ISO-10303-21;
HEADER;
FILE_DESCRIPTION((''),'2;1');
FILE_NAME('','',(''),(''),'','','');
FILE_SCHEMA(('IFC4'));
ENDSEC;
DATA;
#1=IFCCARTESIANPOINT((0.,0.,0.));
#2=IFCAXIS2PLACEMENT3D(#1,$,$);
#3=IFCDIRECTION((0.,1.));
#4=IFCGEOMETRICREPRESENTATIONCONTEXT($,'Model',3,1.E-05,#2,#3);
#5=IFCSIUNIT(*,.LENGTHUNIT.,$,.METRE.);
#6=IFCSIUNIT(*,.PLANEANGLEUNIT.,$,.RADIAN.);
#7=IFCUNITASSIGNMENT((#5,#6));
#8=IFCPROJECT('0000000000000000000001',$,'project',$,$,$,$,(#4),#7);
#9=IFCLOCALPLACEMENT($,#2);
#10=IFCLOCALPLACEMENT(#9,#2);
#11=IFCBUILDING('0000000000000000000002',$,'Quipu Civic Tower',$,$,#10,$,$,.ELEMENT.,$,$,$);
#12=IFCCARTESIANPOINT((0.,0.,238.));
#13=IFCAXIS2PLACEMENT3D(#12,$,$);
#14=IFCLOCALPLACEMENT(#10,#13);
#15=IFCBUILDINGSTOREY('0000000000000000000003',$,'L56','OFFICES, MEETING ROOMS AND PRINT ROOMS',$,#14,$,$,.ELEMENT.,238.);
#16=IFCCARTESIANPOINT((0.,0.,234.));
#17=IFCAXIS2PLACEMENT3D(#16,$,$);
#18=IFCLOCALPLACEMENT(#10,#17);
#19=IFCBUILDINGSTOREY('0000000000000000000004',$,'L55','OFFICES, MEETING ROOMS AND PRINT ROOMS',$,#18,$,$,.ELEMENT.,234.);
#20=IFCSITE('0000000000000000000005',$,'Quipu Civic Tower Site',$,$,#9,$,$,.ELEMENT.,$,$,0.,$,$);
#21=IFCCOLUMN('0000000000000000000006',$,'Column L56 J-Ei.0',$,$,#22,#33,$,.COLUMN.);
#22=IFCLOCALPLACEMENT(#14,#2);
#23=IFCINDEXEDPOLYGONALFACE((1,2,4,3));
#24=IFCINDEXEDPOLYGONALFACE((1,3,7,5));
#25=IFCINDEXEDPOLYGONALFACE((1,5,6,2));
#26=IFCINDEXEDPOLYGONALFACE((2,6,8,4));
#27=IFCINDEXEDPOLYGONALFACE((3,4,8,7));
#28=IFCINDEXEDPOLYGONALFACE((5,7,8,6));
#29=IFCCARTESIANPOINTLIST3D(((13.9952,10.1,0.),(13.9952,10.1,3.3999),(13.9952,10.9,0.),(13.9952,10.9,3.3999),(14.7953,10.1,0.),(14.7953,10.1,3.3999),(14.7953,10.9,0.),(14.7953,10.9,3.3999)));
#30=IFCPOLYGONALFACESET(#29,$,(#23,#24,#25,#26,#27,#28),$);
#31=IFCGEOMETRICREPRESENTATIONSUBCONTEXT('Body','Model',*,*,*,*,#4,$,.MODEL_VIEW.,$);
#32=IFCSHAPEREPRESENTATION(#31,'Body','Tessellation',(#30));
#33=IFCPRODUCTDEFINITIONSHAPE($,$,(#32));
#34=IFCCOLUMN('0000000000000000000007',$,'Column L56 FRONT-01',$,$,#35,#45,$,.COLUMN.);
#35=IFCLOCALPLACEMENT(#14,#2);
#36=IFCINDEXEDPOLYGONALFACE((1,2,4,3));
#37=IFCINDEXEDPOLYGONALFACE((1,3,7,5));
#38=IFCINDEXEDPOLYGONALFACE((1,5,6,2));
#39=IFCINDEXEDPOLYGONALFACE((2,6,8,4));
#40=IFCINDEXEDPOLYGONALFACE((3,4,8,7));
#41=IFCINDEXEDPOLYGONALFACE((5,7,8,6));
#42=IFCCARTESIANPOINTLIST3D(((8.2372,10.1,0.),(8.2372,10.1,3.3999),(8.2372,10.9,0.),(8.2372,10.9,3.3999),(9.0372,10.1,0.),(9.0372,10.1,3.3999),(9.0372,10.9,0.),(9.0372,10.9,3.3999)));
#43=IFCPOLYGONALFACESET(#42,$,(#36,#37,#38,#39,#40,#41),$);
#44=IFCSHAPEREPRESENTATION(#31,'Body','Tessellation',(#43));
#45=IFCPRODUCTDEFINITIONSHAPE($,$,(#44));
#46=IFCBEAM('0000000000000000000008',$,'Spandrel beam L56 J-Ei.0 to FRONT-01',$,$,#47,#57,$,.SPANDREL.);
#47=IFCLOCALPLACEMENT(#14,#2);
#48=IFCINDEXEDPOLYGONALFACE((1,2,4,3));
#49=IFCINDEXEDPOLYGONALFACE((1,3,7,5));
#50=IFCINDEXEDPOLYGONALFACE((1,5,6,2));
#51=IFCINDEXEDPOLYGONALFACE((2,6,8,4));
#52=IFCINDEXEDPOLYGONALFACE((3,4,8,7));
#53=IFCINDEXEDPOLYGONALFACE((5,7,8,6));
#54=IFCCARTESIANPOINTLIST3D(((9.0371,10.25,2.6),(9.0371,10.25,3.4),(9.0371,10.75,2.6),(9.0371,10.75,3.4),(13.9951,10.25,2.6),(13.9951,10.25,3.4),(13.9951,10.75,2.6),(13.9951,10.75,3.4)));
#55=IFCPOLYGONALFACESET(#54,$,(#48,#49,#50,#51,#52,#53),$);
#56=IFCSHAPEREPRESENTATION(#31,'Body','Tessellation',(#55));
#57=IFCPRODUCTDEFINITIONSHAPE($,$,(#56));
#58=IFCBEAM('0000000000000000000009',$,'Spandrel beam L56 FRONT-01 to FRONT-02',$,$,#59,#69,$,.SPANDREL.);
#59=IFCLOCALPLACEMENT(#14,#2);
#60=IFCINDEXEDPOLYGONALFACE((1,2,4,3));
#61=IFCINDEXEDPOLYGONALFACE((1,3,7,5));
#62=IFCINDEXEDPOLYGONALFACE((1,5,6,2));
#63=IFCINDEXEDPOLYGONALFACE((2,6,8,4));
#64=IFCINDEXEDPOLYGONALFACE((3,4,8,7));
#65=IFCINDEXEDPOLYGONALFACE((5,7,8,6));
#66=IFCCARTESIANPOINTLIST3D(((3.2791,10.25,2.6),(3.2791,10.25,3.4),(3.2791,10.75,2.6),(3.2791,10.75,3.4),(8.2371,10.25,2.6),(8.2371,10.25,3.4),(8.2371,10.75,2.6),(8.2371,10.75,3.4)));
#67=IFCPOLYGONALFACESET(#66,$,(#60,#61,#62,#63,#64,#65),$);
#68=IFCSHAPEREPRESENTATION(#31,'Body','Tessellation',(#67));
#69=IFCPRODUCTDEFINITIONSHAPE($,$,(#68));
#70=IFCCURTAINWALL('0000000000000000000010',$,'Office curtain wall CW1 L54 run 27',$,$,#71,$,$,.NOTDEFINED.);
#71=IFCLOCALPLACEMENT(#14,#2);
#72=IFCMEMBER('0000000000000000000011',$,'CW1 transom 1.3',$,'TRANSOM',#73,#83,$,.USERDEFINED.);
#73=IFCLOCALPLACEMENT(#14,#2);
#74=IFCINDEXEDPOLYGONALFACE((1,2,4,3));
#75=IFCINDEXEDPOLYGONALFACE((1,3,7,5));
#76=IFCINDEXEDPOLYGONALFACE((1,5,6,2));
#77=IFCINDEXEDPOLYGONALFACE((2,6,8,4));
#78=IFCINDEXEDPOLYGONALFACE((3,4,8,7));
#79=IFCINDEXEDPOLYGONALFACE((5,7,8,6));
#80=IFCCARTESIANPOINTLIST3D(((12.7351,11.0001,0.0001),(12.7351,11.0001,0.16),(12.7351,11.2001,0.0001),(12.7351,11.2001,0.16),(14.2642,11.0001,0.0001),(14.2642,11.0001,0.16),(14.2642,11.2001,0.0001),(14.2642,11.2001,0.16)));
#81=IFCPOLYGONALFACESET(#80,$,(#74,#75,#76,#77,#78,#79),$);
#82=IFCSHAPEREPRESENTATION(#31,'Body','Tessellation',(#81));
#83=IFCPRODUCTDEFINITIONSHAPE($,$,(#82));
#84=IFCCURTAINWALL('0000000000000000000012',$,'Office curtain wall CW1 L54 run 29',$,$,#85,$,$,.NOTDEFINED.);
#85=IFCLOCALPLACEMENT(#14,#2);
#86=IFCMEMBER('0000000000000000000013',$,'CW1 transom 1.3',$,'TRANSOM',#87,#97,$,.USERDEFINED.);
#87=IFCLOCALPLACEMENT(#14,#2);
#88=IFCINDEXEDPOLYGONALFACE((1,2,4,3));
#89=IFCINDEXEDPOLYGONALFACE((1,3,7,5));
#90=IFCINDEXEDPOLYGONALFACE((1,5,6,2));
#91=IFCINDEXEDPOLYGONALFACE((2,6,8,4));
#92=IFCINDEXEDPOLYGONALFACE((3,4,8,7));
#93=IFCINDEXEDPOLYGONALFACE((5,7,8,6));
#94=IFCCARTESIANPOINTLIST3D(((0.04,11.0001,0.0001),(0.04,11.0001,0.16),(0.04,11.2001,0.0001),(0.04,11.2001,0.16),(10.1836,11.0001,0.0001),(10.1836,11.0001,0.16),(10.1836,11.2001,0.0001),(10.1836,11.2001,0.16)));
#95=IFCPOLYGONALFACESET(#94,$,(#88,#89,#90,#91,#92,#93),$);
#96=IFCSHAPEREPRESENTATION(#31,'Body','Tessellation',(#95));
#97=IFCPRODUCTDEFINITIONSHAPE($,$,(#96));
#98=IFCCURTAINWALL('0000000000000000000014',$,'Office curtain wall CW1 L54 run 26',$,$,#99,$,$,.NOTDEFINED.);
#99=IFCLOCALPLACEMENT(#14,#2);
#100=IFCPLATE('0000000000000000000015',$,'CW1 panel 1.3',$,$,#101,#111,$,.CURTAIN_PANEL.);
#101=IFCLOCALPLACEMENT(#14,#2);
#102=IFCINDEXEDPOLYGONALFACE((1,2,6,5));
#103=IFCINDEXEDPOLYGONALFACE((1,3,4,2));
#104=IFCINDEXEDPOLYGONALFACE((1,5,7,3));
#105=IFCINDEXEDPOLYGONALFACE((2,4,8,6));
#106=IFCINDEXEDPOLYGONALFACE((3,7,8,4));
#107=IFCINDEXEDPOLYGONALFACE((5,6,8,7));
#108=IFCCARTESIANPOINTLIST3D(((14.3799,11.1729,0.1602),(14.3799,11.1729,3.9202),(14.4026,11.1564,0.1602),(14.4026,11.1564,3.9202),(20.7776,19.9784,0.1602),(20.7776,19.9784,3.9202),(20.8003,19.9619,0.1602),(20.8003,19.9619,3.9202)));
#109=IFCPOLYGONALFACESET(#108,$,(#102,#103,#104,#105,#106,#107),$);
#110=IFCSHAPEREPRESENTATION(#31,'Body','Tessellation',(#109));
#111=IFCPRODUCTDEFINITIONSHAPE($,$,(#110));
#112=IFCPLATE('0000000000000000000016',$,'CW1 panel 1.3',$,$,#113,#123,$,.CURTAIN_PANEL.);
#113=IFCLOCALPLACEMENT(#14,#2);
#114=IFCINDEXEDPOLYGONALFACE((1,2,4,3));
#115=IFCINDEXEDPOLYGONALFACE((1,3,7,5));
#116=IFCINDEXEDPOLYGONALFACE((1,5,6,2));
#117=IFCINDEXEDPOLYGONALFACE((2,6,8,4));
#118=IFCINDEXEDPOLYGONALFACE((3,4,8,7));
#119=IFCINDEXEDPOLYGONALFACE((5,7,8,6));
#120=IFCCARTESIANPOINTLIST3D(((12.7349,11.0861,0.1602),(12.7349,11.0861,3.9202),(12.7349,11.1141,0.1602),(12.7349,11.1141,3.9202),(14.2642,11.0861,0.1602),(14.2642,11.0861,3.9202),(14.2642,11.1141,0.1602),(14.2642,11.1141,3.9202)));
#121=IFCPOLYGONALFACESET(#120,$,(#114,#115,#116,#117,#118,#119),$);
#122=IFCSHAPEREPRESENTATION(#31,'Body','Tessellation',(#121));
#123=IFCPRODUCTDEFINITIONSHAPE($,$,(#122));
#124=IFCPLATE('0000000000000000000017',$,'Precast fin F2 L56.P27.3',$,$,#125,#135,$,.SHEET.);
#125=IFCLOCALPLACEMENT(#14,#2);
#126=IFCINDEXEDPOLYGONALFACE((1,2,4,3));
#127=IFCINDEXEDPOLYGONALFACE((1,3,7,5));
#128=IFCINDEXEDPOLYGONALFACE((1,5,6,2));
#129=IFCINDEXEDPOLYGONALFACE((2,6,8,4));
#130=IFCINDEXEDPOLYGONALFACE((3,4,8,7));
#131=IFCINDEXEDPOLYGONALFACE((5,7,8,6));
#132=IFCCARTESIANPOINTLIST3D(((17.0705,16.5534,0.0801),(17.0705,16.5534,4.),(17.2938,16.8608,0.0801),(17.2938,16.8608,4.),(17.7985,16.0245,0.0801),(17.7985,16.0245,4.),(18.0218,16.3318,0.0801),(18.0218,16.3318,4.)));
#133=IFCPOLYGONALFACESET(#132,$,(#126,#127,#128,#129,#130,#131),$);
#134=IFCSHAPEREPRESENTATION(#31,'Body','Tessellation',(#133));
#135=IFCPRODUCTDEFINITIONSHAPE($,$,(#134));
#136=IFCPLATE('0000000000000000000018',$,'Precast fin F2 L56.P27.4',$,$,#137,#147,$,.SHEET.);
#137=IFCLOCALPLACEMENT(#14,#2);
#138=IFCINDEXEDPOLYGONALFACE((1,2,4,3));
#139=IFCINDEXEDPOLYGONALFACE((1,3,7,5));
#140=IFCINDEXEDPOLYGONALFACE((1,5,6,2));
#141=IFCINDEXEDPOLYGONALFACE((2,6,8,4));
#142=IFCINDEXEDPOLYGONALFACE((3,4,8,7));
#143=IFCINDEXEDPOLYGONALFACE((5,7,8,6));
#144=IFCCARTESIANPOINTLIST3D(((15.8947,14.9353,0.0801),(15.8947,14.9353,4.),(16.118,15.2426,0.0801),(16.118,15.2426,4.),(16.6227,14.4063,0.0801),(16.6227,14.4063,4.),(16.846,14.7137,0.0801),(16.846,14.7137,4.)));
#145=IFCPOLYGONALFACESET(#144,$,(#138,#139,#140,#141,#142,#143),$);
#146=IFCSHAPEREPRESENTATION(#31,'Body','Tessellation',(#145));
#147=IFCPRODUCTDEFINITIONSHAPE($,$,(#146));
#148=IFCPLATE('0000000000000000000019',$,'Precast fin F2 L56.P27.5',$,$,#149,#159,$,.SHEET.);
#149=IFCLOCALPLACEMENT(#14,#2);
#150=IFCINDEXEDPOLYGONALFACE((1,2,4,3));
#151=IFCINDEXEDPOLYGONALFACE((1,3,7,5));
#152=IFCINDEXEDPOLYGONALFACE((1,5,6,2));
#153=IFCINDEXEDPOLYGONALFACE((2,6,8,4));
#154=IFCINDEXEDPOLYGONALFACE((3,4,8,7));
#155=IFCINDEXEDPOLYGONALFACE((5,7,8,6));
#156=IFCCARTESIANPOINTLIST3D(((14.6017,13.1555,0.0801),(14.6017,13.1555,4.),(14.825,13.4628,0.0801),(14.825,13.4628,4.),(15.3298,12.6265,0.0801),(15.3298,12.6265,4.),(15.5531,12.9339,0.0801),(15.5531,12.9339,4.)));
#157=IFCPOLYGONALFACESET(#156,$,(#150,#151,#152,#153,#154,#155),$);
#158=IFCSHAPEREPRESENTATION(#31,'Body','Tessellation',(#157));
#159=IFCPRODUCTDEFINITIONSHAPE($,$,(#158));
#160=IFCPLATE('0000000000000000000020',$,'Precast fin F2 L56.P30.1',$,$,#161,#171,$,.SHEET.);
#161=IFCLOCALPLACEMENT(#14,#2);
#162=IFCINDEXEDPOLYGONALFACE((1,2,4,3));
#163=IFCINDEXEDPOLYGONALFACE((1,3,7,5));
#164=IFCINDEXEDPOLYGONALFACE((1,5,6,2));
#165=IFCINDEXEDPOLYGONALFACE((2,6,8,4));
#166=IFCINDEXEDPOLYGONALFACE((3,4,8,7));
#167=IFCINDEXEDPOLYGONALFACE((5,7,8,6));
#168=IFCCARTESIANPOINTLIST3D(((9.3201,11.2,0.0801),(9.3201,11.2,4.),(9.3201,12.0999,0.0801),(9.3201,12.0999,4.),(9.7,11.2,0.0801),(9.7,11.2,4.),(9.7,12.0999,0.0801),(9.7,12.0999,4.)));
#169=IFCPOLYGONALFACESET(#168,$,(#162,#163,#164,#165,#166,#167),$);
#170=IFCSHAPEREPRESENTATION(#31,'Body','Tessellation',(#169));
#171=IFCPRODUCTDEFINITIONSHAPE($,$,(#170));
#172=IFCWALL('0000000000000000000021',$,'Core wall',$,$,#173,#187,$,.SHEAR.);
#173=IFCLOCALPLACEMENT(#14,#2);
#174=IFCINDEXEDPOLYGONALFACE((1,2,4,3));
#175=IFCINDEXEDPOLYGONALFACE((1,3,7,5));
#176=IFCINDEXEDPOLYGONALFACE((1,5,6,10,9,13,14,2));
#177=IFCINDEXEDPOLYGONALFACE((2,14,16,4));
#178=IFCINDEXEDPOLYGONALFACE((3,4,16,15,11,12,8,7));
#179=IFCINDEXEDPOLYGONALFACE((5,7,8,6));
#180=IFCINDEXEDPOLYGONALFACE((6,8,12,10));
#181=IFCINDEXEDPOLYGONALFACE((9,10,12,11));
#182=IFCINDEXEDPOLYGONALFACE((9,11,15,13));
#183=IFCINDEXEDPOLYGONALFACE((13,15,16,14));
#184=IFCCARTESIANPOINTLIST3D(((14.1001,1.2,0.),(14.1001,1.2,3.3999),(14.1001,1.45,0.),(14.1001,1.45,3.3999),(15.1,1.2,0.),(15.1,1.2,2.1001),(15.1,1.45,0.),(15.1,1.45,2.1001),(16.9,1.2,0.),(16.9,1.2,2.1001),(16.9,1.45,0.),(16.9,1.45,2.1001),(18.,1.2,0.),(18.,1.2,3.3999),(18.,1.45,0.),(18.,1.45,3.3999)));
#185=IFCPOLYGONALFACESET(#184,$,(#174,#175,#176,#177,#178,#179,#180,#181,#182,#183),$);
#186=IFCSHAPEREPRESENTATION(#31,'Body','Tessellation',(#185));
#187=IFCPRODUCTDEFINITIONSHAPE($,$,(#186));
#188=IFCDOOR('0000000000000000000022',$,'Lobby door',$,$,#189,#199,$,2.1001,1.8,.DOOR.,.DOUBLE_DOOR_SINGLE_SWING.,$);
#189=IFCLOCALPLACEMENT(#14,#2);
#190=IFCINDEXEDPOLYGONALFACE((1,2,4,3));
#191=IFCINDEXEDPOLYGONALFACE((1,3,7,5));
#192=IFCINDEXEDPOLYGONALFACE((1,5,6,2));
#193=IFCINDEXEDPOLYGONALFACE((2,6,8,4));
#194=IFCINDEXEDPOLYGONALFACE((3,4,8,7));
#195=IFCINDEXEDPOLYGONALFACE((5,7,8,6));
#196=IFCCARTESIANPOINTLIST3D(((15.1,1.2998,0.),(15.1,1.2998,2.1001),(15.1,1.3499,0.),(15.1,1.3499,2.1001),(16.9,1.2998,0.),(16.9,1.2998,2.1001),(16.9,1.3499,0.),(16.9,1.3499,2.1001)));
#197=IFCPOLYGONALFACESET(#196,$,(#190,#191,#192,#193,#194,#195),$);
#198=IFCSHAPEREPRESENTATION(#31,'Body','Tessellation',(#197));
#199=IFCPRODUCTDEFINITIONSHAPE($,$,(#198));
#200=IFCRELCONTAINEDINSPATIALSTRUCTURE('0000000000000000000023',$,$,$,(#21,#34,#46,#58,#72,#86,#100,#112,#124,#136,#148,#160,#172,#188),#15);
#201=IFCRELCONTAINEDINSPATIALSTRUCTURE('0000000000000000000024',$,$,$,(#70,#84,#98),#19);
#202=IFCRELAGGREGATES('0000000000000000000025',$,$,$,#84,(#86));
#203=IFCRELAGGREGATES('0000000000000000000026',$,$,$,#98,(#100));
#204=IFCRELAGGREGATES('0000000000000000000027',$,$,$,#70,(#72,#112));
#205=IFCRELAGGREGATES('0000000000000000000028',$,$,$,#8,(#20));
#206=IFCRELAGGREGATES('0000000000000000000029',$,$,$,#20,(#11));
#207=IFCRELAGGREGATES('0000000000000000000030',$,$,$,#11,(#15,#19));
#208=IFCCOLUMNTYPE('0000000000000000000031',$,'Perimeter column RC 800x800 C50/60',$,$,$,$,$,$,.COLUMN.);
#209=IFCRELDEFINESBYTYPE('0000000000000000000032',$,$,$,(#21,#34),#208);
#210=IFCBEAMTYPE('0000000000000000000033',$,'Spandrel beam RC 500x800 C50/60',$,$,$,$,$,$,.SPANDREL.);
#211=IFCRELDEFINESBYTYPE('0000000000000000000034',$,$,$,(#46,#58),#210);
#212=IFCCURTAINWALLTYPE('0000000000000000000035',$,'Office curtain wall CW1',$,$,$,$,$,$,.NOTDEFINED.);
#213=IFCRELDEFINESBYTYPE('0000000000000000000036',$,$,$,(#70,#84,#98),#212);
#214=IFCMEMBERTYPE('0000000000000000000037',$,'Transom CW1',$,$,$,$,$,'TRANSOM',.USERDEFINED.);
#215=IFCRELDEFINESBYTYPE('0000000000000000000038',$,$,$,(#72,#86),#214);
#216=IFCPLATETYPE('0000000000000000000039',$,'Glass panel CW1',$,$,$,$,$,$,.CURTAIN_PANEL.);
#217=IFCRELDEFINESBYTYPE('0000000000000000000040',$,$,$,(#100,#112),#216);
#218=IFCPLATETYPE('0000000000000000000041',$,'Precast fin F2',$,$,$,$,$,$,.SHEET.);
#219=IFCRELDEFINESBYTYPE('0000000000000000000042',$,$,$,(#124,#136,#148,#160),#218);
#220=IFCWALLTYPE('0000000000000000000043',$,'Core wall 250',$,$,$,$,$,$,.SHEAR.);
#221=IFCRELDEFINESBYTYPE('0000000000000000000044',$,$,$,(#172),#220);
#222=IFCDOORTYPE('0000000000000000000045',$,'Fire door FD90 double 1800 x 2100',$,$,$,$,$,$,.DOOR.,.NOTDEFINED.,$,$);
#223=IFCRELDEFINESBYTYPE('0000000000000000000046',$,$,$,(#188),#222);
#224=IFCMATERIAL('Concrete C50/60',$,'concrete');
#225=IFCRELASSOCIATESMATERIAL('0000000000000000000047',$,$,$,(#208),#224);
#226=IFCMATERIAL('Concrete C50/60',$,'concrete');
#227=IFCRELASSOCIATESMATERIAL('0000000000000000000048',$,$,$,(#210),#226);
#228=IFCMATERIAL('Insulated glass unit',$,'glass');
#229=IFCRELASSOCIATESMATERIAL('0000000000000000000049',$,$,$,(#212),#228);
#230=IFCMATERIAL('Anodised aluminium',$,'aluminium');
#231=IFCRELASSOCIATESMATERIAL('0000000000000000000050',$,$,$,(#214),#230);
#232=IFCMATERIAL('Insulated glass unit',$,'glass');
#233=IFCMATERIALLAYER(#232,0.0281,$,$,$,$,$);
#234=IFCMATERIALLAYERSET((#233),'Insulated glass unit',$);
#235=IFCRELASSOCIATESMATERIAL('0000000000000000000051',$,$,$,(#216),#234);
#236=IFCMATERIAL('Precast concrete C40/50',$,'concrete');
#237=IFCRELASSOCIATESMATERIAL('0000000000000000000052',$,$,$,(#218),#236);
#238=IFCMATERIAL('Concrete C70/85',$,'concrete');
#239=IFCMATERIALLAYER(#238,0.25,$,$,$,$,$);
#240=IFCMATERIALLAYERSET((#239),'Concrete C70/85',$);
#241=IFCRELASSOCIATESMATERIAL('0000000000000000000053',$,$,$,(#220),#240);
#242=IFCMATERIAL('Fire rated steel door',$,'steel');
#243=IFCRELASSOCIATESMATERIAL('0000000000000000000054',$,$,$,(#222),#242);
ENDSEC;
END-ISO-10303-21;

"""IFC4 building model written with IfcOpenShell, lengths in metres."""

from ifc_helpers import new_model, si_unit, direction, frame, frame_2d, origin, origin_2d, place, context, subcontext, project, spatial, rectangle, extrude, material, layer, layer_set, material_profile, profile_set, type_object, element, fill, aggregate, save


model = new_model("IFC4")

# Units and contexts
model_context = context("Model", 3, precision=1e-05, world=origin(), true_north=direction((0.0, 1.0)))
body_context = subcontext(model_context, "Body", "Model", "MODEL_VIEW")
ifc_project = project(units=[si_unit("LENGTHUNIT", "METRE"), si_unit("PLANEANGLEUNIT", "RADIAN")], contexts=[model_context])

# Site, building, storey
site_placement = place(None, origin())
site = spatial("IfcSite", under=ifc_project, at=site_placement, Name="Quipu Civic Tower Site", CompositionType="ELEMENT", RefElevation=0.0)
building_placement = place(site_placement, origin())
building = spatial("IfcBuilding", under=site, at=building_placement, Name="Quipu Civic Tower", CompositionType="ELEMENT")
storey_1_placement = place(building_placement, frame((0.0, 0.0, 238.0)))
storey_1 = spatial("IfcBuildingStorey", under=building, at=storey_1_placement, Name="L56", Description="OFFICES, MEETING ROOMS AND PRINT ROOMS", CompositionType="ELEMENT", Elevation=238.0)

# Columns
ifc_material_1 = material(Name="Concrete C50/60", Category="concrete")
ifc_material_profile_1 = material_profile(ifc_material_1, rectangle(XDim=0.8, YDim=0.8, at=origin_2d()), Name="RC800x800")
ifc_profile_set_1 = profile_set([ifc_material_profile_1], Name="Concrete C50/60")
column_type = type_object("IfcColumnType", Name="Perimeter column RC 800x800 C50/60", PredefinedType="COLUMN", material=ifc_profile_set_1)
for number, where, z_axis, x_axis, name in (
    (1, (14.3953, 10.5, 0.0), (0.0, 0.0, 1.0), (-1.0, 0.0, 0.0), "Column L56 J-Ei.0"),
    (2, (8.6372, 10.5, 0.0), (0.0, 0.0, 1.0), (-1.0, 0.0, 0.0), "Column L56 FRONT-01"),
):
    element("IfcColumn", number, at=place(storey_1_placement, frame(where, z_axis=z_axis, x_axis=x_axis)), inside=storey_1, type_object=column_type, Name=name, PredefinedType="COLUMN", context=body_context, shape_type="SweptSolid", body=[
        extrude(rectangle(XDim=0.8, YDim=0.8, at=origin_2d()), origin(), (0.0, 0.0, 1.0), 3.3999),
    ])

# Beams
ifc_material_2 = material(Name="Concrete C50/60", Category="concrete")
ifc_material_profile_2 = material_profile(ifc_material_2, rectangle(XDim=0.5, YDim=0.8, at=origin_2d()), Name="RC500x800")
ifc_profile_set_2 = profile_set([ifc_material_profile_2], Name="Concrete C50/60")
beam_type = type_object("IfcBeamType", Name="Spandrel beam RC 500x800 C50/60", PredefinedType="SPANDREL", material=ifc_profile_set_2)
for number, where, z_axis, x_axis, name in (
    (3, (13.9951, 10.5, 3.0), (-1.0, 0.0, 0.0), (0.0, -1.0, 0.0), "Spandrel beam L56 J-Ei.0 to FRONT-01"),
    (4, (8.2371, 10.5, 3.0), (-1.0, 0.0, 0.0), (0.0, -1.0, 0.0), "Spandrel beam L56 FRONT-01 to FRONT-02"),
):
    element("IfcBeam", number, at=place(storey_1_placement, frame(where, z_axis=z_axis, x_axis=x_axis)), inside=storey_1, type_object=beam_type, Name=name, PredefinedType="SPANDREL", context=body_context, shape_type="SweptSolid", body=[
        extrude(rectangle(XDim=0.5, YDim=0.8, at=origin_2d()), origin(), (0.0, 0.0, 1.0), 4.958),
    ])

# Shared definitions
storey_2_placement = place(building_placement, frame((0.0, 0.0, 234.0)))
storey_2 = spatial("IfcBuildingStorey", under=building, at=storey_2_placement, Name="L55", Description="OFFICES, MEETING ROOMS AND PRINT ROOMS", CompositionType="ELEMENT", Elevation=234.0)

# Curtain walls, members
ifc_material_3 = material(Name="Insulated glass unit", Category="glass")
curtain_wall_type = type_object("IfcCurtainWallType", Name="Office curtain wall CW1", PredefinedType="NOTDEFINED", material=ifc_material_3)
curtain_wall_1_placement = place(storey_2_placement, origin())
curtain_wall_1 = element("IfcCurtainWall", 5, at=curtain_wall_1_placement, inside=storey_2, type_object=curtain_wall_type, Name="Office curtain wall CW1 L54 run 27", PredefinedType="NOTDEFINED")
ifc_material_4 = material(Name="Anodised aluminium", Category="aluminium")
ifc_material_profile_3 = material_profile(ifc_material_4, rectangle(XDim=0.2, YDim=0.1599, at=origin_2d()), Name="RECT 200x160")
ifc_profile_set_3 = profile_set([ifc_material_profile_3], Name="Anodised aluminium")
member_type = type_object("IfcMemberType", Name="Transom CW1", ElementType="TRANSOM", PredefinedType="USERDEFINED", material=ifc_profile_set_3)
member_1_placement = place(storey_1_placement, frame((14.2642, 11.1001, 0.0801), z_axis=(-1.0, 0.0, 0.0), x_axis=(0.0, -1.0, 0.0)))
member_1 = element("IfcMember", 6, at=member_1_placement, inside=storey_1, type_object=member_type, Name="CW1 transom 1.3", ObjectType="TRANSOM", PredefinedType="USERDEFINED", context=body_context, shape_type="SweptSolid", body=[
    extrude(rectangle(XDim=0.2, YDim=0.1599, at=origin_2d()), origin(), (0.0, 0.0, 1.0), 1.5291),
])
curtain_wall_2_placement = place(storey_2_placement, origin())
curtain_wall_2 = element("IfcCurtainWall", 7, at=curtain_wall_2_placement, inside=storey_2, type_object=curtain_wall_type, Name="Office curtain wall CW1 L54 run 29", PredefinedType="NOTDEFINED")
member_2_placement = place(storey_1_placement, frame((10.1836, 11.1001, 0.0801), z_axis=(-1.0, 0.0, 0.0), x_axis=(0.0, -1.0, 0.0)))
member_2 = element("IfcMember", 8, at=member_2_placement, inside=storey_1, type_object=member_type, Name="CW1 transom 1.3", ObjectType="TRANSOM", PredefinedType="USERDEFINED", context=body_context, shape_type="SweptSolid", body=[
    extrude(rectangle(XDim=0.2, YDim=0.1599, at=origin_2d()), origin(), (0.0, 0.0, 1.0), 10.1436),
])
aggregate(curtain_wall_2, [member_2])

# Curtain wall, plate
curtain_wall_3_placement = place(storey_2_placement, origin())
curtain_wall_3 = element("IfcCurtainWall", 9, at=curtain_wall_3_placement, inside=storey_2, type_object=curtain_wall_type, Name="Office curtain wall CW1 L54 run 26", PredefinedType="NOTDEFINED")
ifc_material_5 = material(Name="Insulated glass unit", Category="glass")
ifc_layer_1 = layer(ifc_material_5, 0.0281)
ifc_layer_set_1 = layer_set([ifc_layer_1], Name="Insulated glass unit")
plate_type_1 = type_object("IfcPlateType", Name="Glass panel CW1", PredefinedType="CURTAIN_PANEL", material=ifc_layer_set_1)
plate_1_placement = place(storey_1_placement, frame((17.5901, 15.5674, 0.1602), z_axis=(0.0, 0.0, 1.0), x_axis=(-0.587788, -0.809015, 0.0)))
plate_1 = element("IfcPlate", 10, at=plate_1_placement, inside=storey_1, type_object=plate_type_1, Name="CW1 panel 1.3", PredefinedType="CURTAIN_PANEL", context=body_context, shape_type="SweptSolid", body=[
    extrude(rectangle(XDim=10.8843, YDim=0.0281, at=origin_2d()), origin(), (0.0, 0.0, 1.0), 3.76),
])
aggregate(curtain_wall_3, [plate_1])

# Plate
plate_2_placement = place(storey_1_placement, frame((13.4995, 11.1001, 0.1602), z_axis=(0.0, 0.0, 1.0), x_axis=(-1.0, 0.0, 0.0)))
plate_2 = element("IfcPlate", 11, at=plate_2_placement, inside=storey_1, type_object=plate_type_1, Name="CW1 panel 1.3", PredefinedType="CURTAIN_PANEL", context=body_context, shape_type="SweptSolid", body=[
    extrude(rectangle(XDim=1.5293, YDim=0.0281, at=origin_2d()), origin(), (0.0, 0.0, 1.0), 3.76),
])
aggregate(curtain_wall_1, [member_1, plate_2])

# Plates
ifc_material_6 = material(Name="Precast concrete C40/50", Category="concrete")
plate_type_2 = type_object("IfcPlateType", Name="Precast fin F2", PredefinedType="SHEET", material=ifc_material_6)
for number, where, z_axis, x_axis, name in (
    (12, (17.5461, 16.4426, 0.0801), (0.0, 0.0, 1.0), (-0.587784, -0.809018, 0.0), "Precast fin F2 L56.P27.3"),
    (13, (16.3704, 14.8245, 0.0801), (0.0, 0.0, 1.0), (-0.587784, -0.809018, 0.0), "Precast fin F2 L56.P27.4"),
    (14, (15.0774, 13.0447, 0.0801), (0.0, 0.0, 1.0), (-0.587784, -0.809018, 0.0), "Precast fin F2 L56.P27.5"),
    (15, (9.51, 11.6499, 0.0801), (0.0, 0.0, 1.0), (-1.0, 0.0, 0.0), "Precast fin F2 L56.P30.1"),
):
    element("IfcPlate", number, at=place(storey_1_placement, frame(where, z_axis=z_axis, x_axis=x_axis)), inside=storey_1, type_object=plate_type_2, Name=name, PredefinedType="SHEET", context=body_context, shape_type="SweptSolid", body=[
        extrude(rectangle(XDim=0.3799, YDim=0.8999, at=origin_2d()), origin(), (0.0, 0.0, 1.0), 3.9199),
    ])

# Wall, opening, door
ifc_material_7 = material(Name="Concrete C70/85", Category="concrete")
ifc_layer_2 = layer(ifc_material_7, 0.25)
ifc_layer_set_2 = layer_set([ifc_layer_2], Name="Concrete C70/85")
wall_type_1 = type_object("IfcWallType", Name="Core wall 250", PredefinedType="SHEAR", material=ifc_layer_set_2)
wall_1_placement = place(storey_1_placement, frame((14.1001, 1.325, 0.0), z_axis=(0.0, 0.0, 1.0), x_axis=(1.0, 0.0, 0.0)))
wall_1 = element("IfcWall", 16, at=wall_1_placement, inside=storey_1, type_object=wall_type_1, Name="Core wall", PredefinedType="SHEAR", context=body_context, shape_type="SweptSolid", body=[
    extrude(rectangle(XDim=3.8999, YDim=0.25, at=frame_2d((1.95, 0.0))), origin(), (0.0, 0.0, 1.0), 3.3999),
])
opening_1_placement = place(wall_1_placement, frame((1.0, 0.0, 0.0)))
opening_1 = element("IfcOpeningElement", 17, at=opening_1_placement, cuts=wall_1, PredefinedType="OPENING", context=body_context, shape_type="SweptSolid", body=[
    extrude(rectangle(XDim=1.8, YDim=2.1001, at=frame_2d((0.8999, 1.05))), frame((0.0, 0.135, 0.0), z_axis=(0.0, -1.0, 0.0), x_axis=(1.0, 0.0, 0.0)), (0.0, 0.0, 1.0), 0.27),
])
ifc_material_8 = material(Name="Fire rated steel door", Category="steel")
door_type = type_object("IfcDoorType", Name="Fire door FD90 double 1800 x 2100", OperationType="NOTDEFINED", PredefinedType="DOOR", material=ifc_material_8)
door_1_placement = place(opening_1_placement, origin())
door_1 = element("IfcDoor", 18, at=door_1_placement, inside=storey_1, type_object=door_type, Name="Lobby door", OperationType="DOUBLE_DOOR_SINGLE_SWING", OverallHeight=2.1001, OverallWidth=1.8, PredefinedType="DOOR", context=body_context, shape_type="SweptSolid", body=[
    extrude(rectangle(XDim=1.8, YDim=2.1001, at=frame_2d((0.8999, 1.05))), frame((0.0, 0.0249, 0.0), z_axis=(0.0, -1.0, 0.0), x_axis=(1.0, 0.0, 0.0)), (0.0, 0.0, 1.0), 0.05),
])
fill(opening_1, door_1)

save(model, "model.ifc")
